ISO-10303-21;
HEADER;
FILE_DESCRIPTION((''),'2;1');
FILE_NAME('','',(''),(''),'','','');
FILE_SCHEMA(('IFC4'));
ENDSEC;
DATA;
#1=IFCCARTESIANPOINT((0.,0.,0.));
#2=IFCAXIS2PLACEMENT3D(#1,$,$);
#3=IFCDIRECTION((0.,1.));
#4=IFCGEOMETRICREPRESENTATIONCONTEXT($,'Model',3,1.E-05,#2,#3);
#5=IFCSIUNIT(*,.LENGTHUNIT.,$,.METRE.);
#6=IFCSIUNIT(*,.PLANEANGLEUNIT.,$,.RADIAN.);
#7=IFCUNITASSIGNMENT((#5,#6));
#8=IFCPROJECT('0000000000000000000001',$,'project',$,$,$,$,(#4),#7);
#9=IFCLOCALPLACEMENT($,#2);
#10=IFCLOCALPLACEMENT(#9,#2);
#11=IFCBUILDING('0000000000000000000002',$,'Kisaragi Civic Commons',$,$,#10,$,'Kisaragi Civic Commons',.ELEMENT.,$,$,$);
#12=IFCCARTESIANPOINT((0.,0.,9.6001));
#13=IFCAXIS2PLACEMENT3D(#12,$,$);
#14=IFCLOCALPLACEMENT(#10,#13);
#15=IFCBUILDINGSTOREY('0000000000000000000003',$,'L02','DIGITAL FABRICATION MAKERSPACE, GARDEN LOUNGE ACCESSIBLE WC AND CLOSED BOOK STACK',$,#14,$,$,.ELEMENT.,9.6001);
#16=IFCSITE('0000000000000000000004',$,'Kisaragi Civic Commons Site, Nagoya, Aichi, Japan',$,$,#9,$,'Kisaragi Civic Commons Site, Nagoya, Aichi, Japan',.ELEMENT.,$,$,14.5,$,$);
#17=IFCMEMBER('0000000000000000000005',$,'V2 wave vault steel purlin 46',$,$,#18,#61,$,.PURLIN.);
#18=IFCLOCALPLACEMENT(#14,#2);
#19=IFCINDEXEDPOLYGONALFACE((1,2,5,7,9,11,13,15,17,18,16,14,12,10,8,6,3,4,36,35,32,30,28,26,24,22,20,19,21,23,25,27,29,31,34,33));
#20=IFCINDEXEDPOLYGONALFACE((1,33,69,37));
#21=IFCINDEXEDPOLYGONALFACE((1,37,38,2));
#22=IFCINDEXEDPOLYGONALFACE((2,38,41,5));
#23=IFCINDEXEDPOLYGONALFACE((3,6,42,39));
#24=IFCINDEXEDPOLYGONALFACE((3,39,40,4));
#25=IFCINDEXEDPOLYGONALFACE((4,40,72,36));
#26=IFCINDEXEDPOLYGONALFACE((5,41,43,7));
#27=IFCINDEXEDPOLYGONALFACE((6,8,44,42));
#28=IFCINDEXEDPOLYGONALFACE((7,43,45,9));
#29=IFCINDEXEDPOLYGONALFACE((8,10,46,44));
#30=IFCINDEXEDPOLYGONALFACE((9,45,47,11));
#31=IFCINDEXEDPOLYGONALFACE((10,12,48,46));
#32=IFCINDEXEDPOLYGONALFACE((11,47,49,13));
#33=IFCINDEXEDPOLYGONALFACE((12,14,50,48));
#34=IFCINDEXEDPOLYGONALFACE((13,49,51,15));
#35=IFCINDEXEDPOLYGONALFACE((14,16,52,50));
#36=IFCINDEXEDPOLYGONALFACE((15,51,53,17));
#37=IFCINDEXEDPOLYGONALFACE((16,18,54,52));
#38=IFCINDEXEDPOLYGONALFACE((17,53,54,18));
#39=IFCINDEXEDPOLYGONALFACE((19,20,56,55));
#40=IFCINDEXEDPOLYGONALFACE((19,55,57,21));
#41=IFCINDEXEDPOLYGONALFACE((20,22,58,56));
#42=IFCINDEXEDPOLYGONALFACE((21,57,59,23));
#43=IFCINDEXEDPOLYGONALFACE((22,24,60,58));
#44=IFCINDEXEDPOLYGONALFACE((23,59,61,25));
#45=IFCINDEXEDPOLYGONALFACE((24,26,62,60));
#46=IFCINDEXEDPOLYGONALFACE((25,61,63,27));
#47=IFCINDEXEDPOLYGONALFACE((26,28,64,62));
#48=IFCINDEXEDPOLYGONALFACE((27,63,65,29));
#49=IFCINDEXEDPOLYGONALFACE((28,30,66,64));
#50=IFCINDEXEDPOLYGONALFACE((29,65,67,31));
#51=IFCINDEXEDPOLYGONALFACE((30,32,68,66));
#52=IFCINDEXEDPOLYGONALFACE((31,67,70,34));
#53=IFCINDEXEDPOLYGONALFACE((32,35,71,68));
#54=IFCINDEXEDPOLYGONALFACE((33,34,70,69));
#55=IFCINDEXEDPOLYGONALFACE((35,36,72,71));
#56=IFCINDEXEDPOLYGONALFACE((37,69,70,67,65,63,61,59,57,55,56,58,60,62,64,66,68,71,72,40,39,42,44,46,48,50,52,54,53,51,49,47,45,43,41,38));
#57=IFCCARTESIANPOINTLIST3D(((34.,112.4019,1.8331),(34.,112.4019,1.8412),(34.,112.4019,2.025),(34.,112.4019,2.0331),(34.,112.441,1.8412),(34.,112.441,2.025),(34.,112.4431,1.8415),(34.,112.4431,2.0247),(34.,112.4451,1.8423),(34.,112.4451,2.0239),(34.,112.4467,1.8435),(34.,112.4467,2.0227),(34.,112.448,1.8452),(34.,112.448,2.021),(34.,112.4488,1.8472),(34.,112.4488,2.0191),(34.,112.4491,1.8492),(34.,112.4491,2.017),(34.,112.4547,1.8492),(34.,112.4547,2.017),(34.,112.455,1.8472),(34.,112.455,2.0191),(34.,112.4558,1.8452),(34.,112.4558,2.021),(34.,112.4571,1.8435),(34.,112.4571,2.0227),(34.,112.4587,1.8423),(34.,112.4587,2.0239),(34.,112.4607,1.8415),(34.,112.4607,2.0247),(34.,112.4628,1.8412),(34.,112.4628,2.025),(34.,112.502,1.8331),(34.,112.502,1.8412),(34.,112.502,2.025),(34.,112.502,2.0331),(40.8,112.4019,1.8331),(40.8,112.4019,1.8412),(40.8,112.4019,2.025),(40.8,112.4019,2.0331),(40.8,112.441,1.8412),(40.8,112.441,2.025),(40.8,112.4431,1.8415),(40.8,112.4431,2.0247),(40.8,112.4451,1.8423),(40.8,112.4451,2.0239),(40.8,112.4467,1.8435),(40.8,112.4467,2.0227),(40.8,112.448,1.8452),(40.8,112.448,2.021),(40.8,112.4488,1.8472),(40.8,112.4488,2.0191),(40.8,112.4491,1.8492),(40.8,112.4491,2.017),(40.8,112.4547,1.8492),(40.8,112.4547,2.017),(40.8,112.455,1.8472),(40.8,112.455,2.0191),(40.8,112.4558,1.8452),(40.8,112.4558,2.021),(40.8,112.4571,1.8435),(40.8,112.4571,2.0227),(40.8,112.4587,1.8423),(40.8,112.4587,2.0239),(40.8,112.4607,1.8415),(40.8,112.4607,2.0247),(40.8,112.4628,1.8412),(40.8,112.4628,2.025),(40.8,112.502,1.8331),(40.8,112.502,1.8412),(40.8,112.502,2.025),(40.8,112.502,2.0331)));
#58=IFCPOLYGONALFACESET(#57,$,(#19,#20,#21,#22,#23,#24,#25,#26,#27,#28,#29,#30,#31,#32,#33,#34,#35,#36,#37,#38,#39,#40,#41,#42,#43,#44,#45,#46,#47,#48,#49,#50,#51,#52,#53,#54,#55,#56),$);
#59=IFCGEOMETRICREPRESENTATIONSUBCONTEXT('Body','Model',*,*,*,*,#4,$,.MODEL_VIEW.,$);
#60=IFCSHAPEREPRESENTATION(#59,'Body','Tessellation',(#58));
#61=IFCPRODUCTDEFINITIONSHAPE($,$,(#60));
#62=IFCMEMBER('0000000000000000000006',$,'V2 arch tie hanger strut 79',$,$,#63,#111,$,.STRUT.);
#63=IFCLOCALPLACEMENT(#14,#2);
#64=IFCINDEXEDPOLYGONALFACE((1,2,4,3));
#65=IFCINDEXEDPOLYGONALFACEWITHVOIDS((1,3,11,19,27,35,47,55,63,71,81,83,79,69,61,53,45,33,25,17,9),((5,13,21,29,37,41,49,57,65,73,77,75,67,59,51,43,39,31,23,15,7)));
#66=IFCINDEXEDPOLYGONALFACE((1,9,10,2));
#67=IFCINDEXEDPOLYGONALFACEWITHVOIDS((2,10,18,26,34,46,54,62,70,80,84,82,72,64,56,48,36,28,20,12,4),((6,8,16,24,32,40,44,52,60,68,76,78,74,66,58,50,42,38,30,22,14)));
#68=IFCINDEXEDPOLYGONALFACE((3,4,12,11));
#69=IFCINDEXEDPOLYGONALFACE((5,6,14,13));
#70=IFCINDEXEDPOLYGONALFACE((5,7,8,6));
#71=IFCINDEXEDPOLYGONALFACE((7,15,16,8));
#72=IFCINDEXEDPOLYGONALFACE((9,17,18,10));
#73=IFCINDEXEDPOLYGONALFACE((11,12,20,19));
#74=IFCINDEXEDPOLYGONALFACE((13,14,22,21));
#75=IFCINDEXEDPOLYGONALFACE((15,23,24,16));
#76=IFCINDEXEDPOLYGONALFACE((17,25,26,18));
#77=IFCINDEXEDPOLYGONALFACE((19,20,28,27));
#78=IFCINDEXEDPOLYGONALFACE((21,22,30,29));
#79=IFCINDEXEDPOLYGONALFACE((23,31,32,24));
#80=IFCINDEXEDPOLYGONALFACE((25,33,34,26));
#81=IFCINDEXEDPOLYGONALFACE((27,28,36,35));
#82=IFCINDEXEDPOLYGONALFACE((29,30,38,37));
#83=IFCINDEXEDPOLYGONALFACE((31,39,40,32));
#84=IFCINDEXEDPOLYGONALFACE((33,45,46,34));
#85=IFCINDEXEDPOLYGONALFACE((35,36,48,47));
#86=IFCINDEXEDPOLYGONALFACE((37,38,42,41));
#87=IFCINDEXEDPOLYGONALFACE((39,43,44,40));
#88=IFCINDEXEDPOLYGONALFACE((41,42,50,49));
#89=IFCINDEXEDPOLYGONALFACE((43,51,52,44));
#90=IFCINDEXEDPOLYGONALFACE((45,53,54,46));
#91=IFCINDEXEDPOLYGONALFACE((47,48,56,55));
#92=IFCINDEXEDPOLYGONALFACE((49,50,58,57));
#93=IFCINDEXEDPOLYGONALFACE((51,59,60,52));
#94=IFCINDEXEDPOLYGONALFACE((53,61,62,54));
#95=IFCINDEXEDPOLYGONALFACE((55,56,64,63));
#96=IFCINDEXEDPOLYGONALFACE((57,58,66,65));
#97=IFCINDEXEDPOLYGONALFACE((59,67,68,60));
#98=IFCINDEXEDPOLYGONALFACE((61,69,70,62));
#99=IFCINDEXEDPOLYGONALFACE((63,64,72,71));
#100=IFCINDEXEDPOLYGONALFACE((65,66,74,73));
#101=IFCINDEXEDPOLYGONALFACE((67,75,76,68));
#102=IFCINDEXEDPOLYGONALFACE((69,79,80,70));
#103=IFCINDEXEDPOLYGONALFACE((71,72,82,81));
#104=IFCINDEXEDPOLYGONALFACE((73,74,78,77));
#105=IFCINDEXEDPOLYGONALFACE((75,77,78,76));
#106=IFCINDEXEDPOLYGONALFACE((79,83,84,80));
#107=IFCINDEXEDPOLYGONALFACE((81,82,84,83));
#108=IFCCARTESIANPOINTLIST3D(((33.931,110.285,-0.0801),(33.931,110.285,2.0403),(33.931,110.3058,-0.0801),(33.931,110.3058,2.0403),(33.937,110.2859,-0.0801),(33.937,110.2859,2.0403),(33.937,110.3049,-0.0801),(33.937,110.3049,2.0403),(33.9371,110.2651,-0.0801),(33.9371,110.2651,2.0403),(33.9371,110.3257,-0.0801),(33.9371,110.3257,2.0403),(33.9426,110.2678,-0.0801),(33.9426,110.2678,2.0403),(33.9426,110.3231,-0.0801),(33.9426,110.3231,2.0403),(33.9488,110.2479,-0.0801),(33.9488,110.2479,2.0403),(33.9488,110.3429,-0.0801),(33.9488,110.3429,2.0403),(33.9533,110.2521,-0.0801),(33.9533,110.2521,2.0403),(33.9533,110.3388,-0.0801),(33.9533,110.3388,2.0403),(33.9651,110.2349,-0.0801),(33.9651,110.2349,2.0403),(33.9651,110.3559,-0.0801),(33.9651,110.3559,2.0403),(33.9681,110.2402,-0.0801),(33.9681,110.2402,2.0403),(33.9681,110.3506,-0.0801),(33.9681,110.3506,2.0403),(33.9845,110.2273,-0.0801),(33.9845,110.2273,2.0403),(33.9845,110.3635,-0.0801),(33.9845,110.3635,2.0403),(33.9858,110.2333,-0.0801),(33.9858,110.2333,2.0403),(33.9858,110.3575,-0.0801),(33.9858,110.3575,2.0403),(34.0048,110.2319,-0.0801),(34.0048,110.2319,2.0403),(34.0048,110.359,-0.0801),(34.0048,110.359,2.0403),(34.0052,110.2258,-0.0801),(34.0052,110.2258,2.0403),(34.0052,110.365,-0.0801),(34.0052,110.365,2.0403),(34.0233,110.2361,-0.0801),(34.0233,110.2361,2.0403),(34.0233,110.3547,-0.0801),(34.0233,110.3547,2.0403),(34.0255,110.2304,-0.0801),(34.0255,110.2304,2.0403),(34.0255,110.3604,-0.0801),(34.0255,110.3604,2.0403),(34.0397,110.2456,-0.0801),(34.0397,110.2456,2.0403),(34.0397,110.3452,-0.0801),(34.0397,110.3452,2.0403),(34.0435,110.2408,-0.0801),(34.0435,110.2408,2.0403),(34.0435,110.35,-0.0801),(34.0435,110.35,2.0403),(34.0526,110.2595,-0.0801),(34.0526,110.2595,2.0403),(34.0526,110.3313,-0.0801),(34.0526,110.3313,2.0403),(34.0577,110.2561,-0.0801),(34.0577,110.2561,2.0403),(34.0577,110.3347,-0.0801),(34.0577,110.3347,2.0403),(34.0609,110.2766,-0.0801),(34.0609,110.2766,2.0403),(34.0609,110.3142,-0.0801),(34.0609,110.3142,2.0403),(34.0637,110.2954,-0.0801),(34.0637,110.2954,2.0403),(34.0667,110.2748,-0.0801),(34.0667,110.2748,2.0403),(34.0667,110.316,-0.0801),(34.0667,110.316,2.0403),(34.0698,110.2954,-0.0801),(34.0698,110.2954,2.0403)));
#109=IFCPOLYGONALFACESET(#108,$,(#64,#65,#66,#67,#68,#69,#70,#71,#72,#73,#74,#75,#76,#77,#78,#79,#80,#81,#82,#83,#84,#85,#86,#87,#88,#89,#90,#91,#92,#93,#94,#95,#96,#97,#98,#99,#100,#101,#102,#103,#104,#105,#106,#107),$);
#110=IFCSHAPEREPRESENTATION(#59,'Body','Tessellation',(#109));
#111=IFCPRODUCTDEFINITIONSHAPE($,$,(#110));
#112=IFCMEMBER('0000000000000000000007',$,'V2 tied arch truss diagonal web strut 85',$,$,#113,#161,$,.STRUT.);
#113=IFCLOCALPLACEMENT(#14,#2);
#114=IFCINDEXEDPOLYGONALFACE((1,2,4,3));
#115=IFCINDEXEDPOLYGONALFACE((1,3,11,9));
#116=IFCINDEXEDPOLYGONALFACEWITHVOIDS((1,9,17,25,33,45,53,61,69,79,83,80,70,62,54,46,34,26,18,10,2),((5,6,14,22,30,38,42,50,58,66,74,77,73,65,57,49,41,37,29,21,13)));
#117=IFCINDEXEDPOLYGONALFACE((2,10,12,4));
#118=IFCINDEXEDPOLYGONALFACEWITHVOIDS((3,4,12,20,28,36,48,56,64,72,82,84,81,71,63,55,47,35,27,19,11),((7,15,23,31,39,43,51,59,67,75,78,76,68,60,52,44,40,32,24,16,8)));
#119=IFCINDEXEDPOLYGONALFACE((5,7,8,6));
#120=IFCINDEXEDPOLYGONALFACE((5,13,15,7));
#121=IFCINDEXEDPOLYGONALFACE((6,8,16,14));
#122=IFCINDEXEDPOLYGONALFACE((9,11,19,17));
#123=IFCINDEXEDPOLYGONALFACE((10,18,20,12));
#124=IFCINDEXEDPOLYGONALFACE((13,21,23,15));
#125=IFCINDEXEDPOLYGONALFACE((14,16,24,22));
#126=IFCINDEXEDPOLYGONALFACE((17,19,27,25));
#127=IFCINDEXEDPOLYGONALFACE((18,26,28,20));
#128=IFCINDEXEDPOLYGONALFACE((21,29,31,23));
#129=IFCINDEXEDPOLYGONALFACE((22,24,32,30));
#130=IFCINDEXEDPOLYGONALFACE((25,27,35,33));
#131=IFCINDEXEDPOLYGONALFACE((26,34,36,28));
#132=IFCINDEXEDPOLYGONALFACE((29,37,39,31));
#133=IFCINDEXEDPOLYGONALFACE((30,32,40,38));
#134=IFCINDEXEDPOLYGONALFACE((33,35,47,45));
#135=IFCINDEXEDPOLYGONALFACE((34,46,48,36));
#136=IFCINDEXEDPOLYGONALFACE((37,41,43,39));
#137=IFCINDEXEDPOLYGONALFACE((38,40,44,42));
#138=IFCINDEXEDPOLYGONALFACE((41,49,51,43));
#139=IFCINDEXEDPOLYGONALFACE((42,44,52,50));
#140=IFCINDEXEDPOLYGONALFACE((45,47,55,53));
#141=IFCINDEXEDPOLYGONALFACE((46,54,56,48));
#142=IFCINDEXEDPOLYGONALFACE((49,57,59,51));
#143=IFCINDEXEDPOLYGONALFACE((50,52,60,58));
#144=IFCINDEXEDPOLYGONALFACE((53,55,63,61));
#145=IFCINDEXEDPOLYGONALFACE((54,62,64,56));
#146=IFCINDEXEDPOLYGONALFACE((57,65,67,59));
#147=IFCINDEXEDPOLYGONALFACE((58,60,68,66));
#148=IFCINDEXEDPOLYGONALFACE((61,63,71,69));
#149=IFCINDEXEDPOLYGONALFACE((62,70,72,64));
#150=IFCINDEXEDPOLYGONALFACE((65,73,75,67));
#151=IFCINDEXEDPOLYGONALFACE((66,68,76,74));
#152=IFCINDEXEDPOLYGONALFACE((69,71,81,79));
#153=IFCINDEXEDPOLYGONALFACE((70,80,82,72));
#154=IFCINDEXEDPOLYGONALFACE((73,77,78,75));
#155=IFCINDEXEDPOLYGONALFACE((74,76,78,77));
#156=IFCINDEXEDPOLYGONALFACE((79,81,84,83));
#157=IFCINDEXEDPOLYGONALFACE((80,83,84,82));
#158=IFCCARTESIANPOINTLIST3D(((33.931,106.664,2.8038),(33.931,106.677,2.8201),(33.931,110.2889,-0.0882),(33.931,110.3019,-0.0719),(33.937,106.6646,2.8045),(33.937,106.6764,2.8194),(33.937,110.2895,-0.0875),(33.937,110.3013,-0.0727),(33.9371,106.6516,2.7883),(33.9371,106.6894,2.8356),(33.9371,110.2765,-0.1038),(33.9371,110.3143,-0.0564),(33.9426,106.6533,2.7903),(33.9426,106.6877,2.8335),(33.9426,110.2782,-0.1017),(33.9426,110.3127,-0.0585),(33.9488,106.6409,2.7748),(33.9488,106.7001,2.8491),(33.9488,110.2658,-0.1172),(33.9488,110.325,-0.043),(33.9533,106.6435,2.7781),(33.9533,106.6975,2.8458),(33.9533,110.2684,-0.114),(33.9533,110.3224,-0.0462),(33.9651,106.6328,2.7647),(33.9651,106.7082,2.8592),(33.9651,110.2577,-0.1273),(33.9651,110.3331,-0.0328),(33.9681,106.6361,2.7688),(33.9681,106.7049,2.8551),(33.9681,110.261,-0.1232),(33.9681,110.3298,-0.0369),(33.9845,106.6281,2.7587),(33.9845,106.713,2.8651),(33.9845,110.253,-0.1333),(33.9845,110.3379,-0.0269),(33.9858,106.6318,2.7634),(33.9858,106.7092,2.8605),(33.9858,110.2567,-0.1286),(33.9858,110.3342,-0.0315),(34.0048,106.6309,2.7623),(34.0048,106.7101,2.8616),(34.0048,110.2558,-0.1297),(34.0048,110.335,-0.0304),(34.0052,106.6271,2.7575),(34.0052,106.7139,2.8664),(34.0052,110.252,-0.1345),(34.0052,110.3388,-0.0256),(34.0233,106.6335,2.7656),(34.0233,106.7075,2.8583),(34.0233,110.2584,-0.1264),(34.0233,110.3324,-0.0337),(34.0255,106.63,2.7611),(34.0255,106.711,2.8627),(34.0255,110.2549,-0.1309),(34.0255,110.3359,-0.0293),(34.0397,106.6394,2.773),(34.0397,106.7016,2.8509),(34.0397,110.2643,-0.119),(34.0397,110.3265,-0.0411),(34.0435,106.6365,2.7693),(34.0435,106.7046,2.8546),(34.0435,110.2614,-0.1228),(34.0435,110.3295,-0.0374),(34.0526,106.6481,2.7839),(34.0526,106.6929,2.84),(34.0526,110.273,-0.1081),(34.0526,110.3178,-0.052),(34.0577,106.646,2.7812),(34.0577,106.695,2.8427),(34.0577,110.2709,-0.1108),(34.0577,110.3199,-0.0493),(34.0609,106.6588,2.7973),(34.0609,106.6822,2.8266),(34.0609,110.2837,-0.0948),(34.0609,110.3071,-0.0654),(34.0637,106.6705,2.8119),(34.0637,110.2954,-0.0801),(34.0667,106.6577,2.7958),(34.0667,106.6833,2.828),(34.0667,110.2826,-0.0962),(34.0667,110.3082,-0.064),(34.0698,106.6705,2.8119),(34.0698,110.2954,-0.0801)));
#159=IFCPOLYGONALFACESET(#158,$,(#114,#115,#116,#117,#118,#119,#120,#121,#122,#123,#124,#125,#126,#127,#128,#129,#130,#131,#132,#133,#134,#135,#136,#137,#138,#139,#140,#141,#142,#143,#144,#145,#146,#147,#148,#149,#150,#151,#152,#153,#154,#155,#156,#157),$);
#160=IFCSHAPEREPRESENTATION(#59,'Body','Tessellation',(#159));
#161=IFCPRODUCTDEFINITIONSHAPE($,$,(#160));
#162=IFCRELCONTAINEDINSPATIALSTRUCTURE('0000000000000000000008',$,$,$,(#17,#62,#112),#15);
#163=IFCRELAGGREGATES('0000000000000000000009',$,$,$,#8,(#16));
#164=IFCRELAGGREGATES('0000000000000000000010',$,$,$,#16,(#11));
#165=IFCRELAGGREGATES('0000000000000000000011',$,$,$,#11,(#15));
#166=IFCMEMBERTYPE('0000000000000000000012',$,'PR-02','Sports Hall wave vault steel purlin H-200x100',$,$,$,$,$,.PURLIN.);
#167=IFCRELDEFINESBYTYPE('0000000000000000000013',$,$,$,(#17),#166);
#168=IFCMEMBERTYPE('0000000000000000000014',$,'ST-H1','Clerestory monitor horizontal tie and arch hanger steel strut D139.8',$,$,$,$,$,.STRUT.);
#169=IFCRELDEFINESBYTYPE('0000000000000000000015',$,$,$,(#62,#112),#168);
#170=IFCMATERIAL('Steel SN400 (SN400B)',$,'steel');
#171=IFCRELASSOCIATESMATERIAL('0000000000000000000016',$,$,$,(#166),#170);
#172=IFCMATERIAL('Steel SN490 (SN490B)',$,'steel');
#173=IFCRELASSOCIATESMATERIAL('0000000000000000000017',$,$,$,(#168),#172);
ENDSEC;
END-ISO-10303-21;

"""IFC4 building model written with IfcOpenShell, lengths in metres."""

from ifc_helpers import new_model, si_unit, direction, frame, origin, origin_2d, place, context, subcontext, project, spatial, hollow_circle, i_section, extrude, material, material_profile, profile_set, type_object, element, save


model = new_model("IFC4")

# Units and contexts
model_context = context("Model", 3, precision=1e-05, world=origin(), true_north=direction((0.0, 1.0)))
body_context = subcontext(model_context, "Body", "Model", "MODEL_VIEW")
ifc_project = project(units=[si_unit("LENGTHUNIT", "METRE"), si_unit("PLANEANGLEUNIT", "RADIAN")], contexts=[model_context])

# Site, building, storey
site_placement = place(None, origin())
site = spatial("IfcSite", under=ifc_project, at=site_placement, Name="Kisaragi Civic Commons Site, Nagoya, Aichi, Japan", LongName="Kisaragi Civic Commons Site, Nagoya, Aichi, Japan", CompositionType="ELEMENT", RefElevation=14.5)
building_placement = place(site_placement, origin())
building = spatial("IfcBuilding", under=site, at=building_placement, Name="Kisaragi Civic Commons", LongName="Kisaragi Civic Commons", CompositionType="ELEMENT")
storey_placement = place(building_placement, frame((0.0, 0.0, 9.6001)))
storey = spatial("IfcBuildingStorey", under=building, at=storey_placement, Name="L02", Description="DIGITAL FABRICATION MAKERSPACE, GARDEN LOUNGE ACCESSIBLE WC AND CLOSED BOOK STACK", CompositionType="ELEMENT", Elevation=9.6001)

# Members
ifc_material_1 = material(Name="Steel SN490 (SN490B)", Category="steel")
ifc_material_2 = material(Name="Steel SN400 (SN400B)", Category="steel")
ifc_material_profile_1 = material_profile(ifc_material_2, i_section(OverallWidth=0.1001, OverallDepth=0.2, WebThickness=0.0056, FlangeThickness=0.0081, FilletRadius=0.0081, at=origin_2d()), Name="H-200x100x5.5x8", Category="steel")
ifc_profile_set_1 = profile_set([ifc_material_profile_1], Name="Steel SN400 (SN400B)")
member_type_1 = type_object("IfcMemberType", Name="PR-02", Description="Sports Hall wave vault steel purlin H-200x100", PredefinedType="PURLIN", material=ifc_profile_set_1)
for number, where, z_axis, x_axis, name in (
    (1, (34.0, 112.4519, 1.9331), (1.0, 0.0, 0.0), (0.0, 1.0, 0.0), "V2 wave vault steel purlin 46"),
):
    element("IfcMember", number, at=place(storey_placement, frame(where, z_axis=z_axis, x_axis=x_axis)), inside=storey, type_object=member_type_1, Name=name, PredefinedType="PURLIN", context=body_context, shape_type="SweptSolid", body=[
        extrude(i_section(OverallWidth=0.1001, OverallDepth=0.2, WebThickness=0.0056, FlangeThickness=0.0081, FilletRadius=0.0081, at=origin_2d()), origin(), (0.0, 0.0, 1.0), 6.8),
    ])
ifc_material_profile_2 = material_profile(ifc_material_1, hollow_circle(Radius=0.0698, WallThickness=0.0061, at=origin_2d()), Name="CHS-139.8x6.0", Category="steel")
ifc_profile_set_2 = profile_set([ifc_material_profile_2], Name="Steel SN490 (SN490B)")
member_type_2 = type_object("IfcMemberType", Name="ST-H1", Description="Clerestory monitor horizontal tie and arch hanger steel strut D139.8", PredefinedType="STRUT", material=ifc_profile_set_2)
member_1_placement = place(storey_placement, frame((34.0, 110.2954, -0.0801), z_axis=(0.0, 0.0, 1.0), x_axis=(1.0, 0.0, 0.0)))
element("IfcMember", 2, at=member_1_placement, inside=storey, type_object=member_type_2, Name="V2 arch tie hanger strut 79", PredefinedType="STRUT", context=body_context, shape_type="SweptSolid", body=[
    extrude(hollow_circle(Radius=0.0698, WallThickness=0.0061, at=origin_2d()), origin(), (0.0, 0.0, 1.0), 2.1204),
])
member_2_placement = place(storey_placement, frame((34.0, 110.2954, -0.0801), z_axis=(0.0, -0.7817, 0.623654), x_axis=(1.0, 0.0, 0.0)))
element("IfcMember", 3, at=member_2_placement, inside=storey, type_object=member_type_2, Name="V2 tied arch truss diagonal web strut 85", PredefinedType="STRUT", context=body_context, shape_type="SweptSolid", body=[
    extrude(hollow_circle(Radius=0.0698, WallThickness=0.0061, at=origin_2d()), origin(), (0.0, 0.0, 1.0), 4.6372),
])

save(model, "model.ifc")
